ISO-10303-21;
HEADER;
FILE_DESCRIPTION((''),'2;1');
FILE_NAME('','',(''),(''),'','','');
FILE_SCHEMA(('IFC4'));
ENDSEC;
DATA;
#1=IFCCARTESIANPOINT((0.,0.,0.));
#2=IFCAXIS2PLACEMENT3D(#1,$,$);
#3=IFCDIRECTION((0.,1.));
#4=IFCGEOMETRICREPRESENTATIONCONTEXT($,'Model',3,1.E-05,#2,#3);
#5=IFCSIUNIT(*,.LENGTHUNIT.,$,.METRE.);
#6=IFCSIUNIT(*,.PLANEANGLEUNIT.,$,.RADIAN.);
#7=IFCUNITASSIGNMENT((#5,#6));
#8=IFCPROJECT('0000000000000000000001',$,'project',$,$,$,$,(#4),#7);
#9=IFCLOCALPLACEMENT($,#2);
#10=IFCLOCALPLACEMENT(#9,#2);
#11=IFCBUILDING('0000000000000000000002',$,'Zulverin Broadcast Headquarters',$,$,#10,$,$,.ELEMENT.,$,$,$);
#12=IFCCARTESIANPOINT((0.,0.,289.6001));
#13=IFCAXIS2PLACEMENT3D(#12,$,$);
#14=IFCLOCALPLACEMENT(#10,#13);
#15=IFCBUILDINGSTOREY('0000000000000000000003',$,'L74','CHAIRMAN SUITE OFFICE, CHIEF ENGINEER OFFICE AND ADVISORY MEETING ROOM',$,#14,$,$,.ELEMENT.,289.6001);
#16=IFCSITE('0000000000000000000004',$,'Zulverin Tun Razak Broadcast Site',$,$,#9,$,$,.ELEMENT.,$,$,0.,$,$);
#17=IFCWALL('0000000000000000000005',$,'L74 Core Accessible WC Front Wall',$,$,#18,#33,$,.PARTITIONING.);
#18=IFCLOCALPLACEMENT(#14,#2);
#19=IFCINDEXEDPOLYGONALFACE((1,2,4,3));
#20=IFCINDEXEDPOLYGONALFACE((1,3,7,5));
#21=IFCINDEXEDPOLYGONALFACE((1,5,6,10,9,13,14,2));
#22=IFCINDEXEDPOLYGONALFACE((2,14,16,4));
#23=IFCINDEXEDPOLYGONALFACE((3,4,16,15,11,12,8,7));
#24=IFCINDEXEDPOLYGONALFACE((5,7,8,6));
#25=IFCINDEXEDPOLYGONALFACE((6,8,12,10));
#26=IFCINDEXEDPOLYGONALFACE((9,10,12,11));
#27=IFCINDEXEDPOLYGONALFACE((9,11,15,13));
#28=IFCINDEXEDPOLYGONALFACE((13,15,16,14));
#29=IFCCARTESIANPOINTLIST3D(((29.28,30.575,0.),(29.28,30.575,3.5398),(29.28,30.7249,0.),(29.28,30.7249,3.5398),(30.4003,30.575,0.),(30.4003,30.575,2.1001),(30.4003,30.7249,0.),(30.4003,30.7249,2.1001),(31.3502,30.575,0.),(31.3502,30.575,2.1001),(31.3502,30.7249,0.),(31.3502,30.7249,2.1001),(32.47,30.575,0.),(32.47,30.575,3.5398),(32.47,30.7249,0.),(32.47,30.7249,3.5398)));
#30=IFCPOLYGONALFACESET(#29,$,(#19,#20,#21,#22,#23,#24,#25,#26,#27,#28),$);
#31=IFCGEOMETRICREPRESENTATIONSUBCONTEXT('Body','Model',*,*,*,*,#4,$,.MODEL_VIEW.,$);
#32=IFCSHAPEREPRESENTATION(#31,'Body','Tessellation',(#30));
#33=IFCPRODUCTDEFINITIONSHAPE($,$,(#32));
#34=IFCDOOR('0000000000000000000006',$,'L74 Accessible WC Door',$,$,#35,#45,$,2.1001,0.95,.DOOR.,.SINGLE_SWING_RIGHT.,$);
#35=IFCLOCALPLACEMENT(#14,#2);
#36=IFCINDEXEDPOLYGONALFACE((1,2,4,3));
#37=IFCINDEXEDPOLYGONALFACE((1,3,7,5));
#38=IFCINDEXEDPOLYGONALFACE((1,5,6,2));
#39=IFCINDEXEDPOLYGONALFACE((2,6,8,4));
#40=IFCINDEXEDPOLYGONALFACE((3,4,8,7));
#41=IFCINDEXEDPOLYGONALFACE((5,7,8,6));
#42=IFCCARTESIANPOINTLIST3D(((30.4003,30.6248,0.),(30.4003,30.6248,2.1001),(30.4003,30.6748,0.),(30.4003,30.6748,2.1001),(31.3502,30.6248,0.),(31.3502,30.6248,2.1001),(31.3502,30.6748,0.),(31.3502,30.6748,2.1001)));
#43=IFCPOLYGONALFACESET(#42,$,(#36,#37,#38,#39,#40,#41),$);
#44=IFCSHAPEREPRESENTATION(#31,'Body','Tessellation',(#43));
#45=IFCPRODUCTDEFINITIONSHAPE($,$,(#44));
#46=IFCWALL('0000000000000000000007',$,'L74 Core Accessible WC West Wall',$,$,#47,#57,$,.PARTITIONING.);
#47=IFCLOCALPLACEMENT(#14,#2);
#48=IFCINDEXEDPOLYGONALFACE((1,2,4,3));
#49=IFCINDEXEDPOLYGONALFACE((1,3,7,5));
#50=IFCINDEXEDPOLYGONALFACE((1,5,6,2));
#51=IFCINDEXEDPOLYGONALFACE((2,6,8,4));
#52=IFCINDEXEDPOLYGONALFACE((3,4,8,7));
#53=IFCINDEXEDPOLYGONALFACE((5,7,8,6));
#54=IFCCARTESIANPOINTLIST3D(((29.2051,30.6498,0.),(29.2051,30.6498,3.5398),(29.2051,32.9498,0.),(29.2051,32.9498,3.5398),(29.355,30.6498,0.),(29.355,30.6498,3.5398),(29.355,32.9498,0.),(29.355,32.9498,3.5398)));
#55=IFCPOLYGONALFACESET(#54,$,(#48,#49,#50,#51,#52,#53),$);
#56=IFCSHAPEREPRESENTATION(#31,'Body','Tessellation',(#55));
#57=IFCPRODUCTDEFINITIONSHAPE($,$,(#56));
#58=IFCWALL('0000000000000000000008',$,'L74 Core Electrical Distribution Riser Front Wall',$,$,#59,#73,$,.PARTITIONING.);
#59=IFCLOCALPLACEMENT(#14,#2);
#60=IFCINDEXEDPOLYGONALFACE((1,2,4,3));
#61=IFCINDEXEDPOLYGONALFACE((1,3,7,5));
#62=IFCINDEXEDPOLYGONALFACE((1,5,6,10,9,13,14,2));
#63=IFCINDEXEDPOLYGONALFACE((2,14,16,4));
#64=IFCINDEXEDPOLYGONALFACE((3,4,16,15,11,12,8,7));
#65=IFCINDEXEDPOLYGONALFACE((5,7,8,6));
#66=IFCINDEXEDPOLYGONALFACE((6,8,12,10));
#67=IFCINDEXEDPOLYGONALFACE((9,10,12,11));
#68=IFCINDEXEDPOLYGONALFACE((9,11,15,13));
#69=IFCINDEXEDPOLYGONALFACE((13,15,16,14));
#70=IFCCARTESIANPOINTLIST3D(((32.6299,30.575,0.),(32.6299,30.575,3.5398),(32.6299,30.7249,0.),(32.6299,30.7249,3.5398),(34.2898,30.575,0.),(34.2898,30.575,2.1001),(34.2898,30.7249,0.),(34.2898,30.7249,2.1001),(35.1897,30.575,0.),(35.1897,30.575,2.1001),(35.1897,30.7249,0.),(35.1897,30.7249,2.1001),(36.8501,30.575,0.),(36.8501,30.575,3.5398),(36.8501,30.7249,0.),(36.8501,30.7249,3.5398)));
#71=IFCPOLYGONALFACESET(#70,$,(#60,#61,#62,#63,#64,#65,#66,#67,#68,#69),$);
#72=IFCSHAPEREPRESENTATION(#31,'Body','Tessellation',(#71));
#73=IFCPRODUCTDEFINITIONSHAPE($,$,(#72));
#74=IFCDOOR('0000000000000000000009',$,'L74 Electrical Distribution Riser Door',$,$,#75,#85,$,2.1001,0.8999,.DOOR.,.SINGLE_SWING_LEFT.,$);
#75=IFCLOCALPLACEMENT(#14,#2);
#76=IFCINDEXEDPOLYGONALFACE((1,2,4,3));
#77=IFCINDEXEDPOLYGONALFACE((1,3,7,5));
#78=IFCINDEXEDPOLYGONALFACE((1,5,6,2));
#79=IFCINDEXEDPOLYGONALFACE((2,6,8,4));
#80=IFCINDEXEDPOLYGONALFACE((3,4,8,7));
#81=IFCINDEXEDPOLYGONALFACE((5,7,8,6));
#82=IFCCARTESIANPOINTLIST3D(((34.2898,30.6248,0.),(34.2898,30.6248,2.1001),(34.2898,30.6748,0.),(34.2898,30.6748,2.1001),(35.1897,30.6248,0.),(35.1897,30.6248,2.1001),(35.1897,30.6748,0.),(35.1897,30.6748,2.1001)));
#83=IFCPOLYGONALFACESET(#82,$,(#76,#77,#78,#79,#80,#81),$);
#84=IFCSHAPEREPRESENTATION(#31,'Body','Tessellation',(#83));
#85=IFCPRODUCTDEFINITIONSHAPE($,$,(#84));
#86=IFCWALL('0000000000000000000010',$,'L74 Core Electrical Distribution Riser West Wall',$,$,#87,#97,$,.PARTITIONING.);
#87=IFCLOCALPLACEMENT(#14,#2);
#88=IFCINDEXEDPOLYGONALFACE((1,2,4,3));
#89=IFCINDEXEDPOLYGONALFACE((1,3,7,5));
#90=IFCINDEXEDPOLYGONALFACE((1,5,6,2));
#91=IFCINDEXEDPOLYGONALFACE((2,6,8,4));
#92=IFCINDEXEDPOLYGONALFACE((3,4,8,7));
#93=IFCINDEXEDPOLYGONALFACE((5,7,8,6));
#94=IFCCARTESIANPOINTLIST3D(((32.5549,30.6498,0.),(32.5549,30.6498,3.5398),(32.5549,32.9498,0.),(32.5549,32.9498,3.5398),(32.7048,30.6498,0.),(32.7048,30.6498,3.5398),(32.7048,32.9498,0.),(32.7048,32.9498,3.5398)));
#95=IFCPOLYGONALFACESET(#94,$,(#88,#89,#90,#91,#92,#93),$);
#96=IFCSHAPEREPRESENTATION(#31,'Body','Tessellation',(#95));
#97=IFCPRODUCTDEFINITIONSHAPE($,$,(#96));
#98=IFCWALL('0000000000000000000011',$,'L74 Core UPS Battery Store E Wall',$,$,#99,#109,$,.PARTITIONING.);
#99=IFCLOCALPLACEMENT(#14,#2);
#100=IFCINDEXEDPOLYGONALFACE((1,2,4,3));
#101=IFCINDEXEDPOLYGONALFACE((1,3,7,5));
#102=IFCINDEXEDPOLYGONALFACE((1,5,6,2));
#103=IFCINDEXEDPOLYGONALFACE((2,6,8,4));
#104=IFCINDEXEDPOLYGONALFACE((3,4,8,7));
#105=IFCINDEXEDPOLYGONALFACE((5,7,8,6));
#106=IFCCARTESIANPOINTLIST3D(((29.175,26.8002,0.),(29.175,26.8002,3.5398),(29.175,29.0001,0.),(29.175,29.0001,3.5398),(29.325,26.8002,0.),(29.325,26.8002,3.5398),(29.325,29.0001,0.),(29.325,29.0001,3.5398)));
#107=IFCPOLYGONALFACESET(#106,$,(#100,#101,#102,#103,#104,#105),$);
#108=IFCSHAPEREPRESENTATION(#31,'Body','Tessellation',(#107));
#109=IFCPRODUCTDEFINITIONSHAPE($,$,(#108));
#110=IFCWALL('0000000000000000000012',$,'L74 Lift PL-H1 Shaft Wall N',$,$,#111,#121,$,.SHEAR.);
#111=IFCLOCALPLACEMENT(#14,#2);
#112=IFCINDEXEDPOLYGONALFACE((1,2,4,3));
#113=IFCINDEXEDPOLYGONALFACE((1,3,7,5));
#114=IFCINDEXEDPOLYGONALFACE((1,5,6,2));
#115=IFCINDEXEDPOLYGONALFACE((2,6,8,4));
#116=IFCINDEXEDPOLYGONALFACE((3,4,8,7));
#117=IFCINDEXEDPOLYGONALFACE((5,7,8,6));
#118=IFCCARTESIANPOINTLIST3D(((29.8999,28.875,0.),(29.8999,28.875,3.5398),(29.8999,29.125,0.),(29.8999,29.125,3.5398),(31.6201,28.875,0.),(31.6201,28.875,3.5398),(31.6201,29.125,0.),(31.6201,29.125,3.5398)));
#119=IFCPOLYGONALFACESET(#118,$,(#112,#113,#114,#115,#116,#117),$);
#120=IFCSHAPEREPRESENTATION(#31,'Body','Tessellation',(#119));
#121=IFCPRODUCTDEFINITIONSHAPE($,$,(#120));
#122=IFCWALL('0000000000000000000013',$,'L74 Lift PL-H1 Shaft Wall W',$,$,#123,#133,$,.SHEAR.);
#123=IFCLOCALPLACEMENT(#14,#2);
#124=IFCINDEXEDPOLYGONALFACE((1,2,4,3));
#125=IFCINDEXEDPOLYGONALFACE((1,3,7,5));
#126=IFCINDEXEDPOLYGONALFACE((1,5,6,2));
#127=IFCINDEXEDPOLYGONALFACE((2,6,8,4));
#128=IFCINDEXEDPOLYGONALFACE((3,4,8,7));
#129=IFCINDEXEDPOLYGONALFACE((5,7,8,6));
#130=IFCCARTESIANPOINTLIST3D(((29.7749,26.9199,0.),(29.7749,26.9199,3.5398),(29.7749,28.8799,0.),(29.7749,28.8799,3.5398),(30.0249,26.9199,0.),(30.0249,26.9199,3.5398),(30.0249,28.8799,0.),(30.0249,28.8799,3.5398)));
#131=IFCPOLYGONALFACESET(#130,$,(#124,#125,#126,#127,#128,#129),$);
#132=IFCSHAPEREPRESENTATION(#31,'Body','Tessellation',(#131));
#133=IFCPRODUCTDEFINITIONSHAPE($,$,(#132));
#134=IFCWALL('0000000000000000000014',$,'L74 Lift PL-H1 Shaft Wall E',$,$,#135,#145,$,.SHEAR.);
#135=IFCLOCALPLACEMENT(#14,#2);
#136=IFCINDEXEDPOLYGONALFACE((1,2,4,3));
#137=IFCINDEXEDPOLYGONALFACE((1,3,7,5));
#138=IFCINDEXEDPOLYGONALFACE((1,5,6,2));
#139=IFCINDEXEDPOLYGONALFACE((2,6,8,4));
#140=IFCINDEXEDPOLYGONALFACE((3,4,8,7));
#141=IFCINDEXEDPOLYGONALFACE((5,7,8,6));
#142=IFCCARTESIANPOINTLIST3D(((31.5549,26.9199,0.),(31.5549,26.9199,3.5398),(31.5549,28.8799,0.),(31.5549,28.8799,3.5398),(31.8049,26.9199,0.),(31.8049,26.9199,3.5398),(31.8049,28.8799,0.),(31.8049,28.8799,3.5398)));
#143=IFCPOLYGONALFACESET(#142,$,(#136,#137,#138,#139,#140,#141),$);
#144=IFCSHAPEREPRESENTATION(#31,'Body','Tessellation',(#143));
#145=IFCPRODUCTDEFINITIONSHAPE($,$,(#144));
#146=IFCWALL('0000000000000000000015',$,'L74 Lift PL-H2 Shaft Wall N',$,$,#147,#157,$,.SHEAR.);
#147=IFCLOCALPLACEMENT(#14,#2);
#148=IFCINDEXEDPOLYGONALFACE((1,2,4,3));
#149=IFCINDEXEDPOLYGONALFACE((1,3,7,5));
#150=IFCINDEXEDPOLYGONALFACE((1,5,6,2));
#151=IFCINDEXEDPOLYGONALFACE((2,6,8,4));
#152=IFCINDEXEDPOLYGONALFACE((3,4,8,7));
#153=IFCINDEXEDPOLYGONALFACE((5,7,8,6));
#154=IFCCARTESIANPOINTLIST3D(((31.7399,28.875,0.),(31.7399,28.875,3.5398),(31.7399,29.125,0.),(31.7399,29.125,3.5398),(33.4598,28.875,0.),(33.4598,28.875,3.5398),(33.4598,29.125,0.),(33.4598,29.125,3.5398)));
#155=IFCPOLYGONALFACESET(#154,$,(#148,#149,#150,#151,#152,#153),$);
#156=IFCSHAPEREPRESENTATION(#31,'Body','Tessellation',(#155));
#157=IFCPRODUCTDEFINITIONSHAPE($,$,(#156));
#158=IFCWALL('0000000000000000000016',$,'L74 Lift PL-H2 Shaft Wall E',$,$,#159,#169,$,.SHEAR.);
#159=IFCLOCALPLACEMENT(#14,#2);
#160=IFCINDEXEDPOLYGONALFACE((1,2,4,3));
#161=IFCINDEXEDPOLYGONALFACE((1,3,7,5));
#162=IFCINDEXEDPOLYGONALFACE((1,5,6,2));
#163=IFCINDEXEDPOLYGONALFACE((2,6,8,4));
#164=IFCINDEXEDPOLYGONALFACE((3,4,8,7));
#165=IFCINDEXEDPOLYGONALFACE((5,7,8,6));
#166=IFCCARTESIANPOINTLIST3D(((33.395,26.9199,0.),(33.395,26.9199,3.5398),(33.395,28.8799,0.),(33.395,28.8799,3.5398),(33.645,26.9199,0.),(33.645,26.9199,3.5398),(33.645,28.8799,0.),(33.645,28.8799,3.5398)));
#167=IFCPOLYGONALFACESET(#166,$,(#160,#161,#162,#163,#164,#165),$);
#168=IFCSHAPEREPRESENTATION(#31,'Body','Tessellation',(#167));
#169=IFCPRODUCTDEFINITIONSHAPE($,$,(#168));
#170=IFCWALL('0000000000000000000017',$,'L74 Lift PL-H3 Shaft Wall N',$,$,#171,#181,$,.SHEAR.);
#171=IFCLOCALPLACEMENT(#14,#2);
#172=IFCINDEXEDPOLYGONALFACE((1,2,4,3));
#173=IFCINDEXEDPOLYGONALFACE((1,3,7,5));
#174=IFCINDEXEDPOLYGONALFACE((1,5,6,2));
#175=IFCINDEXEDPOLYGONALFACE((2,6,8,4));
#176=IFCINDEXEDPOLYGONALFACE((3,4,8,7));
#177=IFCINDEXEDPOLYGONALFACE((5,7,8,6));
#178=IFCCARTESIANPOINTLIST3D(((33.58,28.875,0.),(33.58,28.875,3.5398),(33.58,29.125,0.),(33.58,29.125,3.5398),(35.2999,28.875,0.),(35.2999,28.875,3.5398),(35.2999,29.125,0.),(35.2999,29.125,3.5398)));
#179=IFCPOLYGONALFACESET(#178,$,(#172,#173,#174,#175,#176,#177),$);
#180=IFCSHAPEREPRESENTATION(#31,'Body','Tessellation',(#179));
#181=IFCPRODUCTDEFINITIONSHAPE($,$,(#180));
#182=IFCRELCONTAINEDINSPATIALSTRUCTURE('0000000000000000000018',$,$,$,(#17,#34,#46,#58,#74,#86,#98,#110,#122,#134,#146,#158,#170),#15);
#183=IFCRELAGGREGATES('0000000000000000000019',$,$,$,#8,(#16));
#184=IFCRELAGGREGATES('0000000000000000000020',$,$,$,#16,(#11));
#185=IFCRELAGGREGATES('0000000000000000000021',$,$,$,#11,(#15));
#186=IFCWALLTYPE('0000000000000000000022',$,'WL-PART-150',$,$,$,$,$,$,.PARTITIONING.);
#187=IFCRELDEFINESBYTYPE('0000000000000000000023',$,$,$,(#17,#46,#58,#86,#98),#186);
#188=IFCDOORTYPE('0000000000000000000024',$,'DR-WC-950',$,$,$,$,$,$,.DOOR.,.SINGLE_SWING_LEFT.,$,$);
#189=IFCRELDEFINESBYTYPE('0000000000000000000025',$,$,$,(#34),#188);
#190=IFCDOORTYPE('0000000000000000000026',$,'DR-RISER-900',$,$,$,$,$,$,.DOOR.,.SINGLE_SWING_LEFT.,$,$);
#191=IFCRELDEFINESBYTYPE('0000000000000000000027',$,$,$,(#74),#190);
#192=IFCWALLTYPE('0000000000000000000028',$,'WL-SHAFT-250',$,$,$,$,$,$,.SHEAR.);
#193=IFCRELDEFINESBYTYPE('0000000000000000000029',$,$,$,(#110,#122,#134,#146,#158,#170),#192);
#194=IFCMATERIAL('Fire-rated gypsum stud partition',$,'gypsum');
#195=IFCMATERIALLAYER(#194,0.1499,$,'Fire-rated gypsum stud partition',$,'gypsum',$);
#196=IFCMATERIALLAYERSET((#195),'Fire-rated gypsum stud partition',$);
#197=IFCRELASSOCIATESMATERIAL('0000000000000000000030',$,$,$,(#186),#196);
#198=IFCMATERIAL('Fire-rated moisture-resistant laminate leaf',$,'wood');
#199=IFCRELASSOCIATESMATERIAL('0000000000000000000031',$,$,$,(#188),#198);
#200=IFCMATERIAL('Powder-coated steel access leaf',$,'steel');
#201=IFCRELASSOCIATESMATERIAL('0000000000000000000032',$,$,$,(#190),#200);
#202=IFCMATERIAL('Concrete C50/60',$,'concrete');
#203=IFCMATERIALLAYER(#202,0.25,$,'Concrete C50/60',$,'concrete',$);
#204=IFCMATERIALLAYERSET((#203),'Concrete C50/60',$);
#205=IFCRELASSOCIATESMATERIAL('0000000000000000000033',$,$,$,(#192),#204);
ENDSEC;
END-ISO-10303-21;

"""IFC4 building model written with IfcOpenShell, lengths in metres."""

from ifc_helpers import new_model, si_unit, direction, frame, frame_2d, origin, place, context, subcontext, project, spatial, rectangle, extrude, material, layer, layer_set, type_object, element, fill, save


model = new_model("IFC4")

# Units and contexts
model_context = context("Model", 3, precision=1e-05, world=origin(), true_north=direction((0.0, 1.0)))
body_context = subcontext(model_context, "Body", "Model", "MODEL_VIEW")
ifc_project = project(units=[si_unit("LENGTHUNIT", "METRE"), si_unit("PLANEANGLEUNIT", "RADIAN")], contexts=[model_context])

# Site, building, storey
site_placement = place(None, origin())
site = spatial("IfcSite", under=ifc_project, at=site_placement, Name="Zulverin Tun Razak Broadcast Site", CompositionType="ELEMENT", RefElevation=0.0)
building_placement = place(site_placement, origin())
building = spatial("IfcBuilding", under=site, at=building_placement, Name="Zulverin Broadcast Headquarters", CompositionType="ELEMENT")
storey_placement = place(building_placement, frame((0.0, 0.0, 289.6001)))
storey = spatial("IfcBuildingStorey", under=building, at=storey_placement, Name="L74", Description="CHAIRMAN SUITE OFFICE, CHIEF ENGINEER OFFICE AND ADVISORY MEETING ROOM", CompositionType="ELEMENT", Elevation=289.6001)

# Wall, opening, door
ifc_material_1 = material(Name="Fire-rated gypsum stud partition", Category="gypsum")
ifc_layer_1 = layer(ifc_material_1, 0.1499, Name="Fire-rated gypsum stud partition", Category="gypsum")
ifc_layer_set_1 = layer_set([ifc_layer_1], Name="Fire-rated gypsum stud partition")
wall_type_1 = type_object("IfcWallType", Name="WL-PART-150", PredefinedType="PARTITIONING", material=ifc_layer_set_1)
wall_1_placement = place(storey_placement, frame((29.28, 30.6499, 0.0), z_axis=(0.0, 0.0, 1.0), x_axis=(1.0, 0.0, 0.0)))
wall_1 = element("IfcWall", 1, at=wall_1_placement, inside=storey, type_object=wall_type_1, Name="L74 Core Accessible WC Front Wall", PredefinedType="PARTITIONING", context=body_context, shape_type="SweptSolid", body=[
    extrude(rectangle(XDim=3.1899, YDim=0.1499, at=frame_2d((1.595, 0.0))), origin(), (0.0, 0.0, 1.0), 3.5398),
])
opening_1_placement = place(wall_1_placement, frame((1.1201, 0.0, 0.0)))
opening_1 = element("IfcOpeningElement", 2, at=opening_1_placement, cuts=wall_1, PredefinedType="OPENING", context=body_context, shape_type="SweptSolid", body=[
    extrude(rectangle(XDim=0.95, YDim=2.1001, at=frame_2d((0.4751, 1.05))), frame((0.0, 0.085, 0.0), z_axis=(0.0, -1.0, 0.0), x_axis=(1.0, 0.0, 0.0)), (0.0, 0.0, 1.0), 0.1699),
])
ifc_material_2 = material(Name="Fire-rated moisture-resistant laminate leaf", Category="wood")
door_type_1 = type_object("IfcDoorType", Name="DR-WC-950", OperationType="SINGLE_SWING_LEFT", PredefinedType="DOOR", material=ifc_material_2)
door_1_placement = place(opening_1_placement, origin())
door_1 = element("IfcDoor", 3, at=door_1_placement, inside=storey, type_object=door_type_1, Name="L74 Accessible WC Door", OperationType="SINGLE_SWING_RIGHT", OverallHeight=2.1001, OverallWidth=0.95, PredefinedType="DOOR", context=body_context, shape_type="SweptSolid", body=[
    extrude(rectangle(XDim=0.95, YDim=2.1001, at=frame_2d((0.4751, 1.05))), frame((0.0, 0.0249, 0.0), z_axis=(0.0, -1.0, 0.0), x_axis=(1.0, 0.0, 0.0)), (0.0, 0.0, 1.0), 0.05),
])
fill(opening_1, door_1)

# Wall
wall_2_placement = place(storey_placement, frame((29.28, 30.6499, 0.0), z_axis=(0.0, 0.0, 1.0), x_axis=(0.0, 1.0, 0.0)))
element("IfcWall", 4, at=wall_2_placement, inside=storey, type_object=wall_type_1, Name="L74 Core Accessible WC West Wall", PredefinedType="PARTITIONING", context=body_context, shape_type="SweptSolid", body=[
    extrude(rectangle(XDim=2.3, YDim=0.1499, at=frame_2d((1.1499, 0.0))), origin(), (0.0, 0.0, 1.0), 3.5398),
])

# Wall, opening, door
wall_3_placement = place(storey_placement, frame((32.6299, 30.6499, 0.0), z_axis=(0.0, 0.0, 1.0), x_axis=(1.0, 0.0, 0.0)))
wall_3 = element("IfcWall", 5, at=wall_3_placement, inside=storey, type_object=wall_type_1, Name="L74 Core Electrical Distribution Riser Front Wall", PredefinedType="PARTITIONING", context=body_context, shape_type="SweptSolid", body=[
    extrude(rectangle(XDim=4.2202, YDim=0.1499, at=frame_2d((2.1101, 0.0))), origin(), (0.0, 0.0, 1.0), 3.5398),
])
opening_2_placement = place(wall_3_placement, frame((1.6599, 0.0, 0.0)))
opening_2 = element("IfcOpeningElement", 6, at=opening_2_placement, cuts=wall_3, PredefinedType="OPENING", context=body_context, shape_type="SweptSolid", body=[
    extrude(rectangle(XDim=0.8999, YDim=2.1001, at=frame_2d((0.45, 1.05))), frame((0.0, 0.085, 0.0), z_axis=(0.0, -1.0, 0.0), x_axis=(1.0, 0.0, 0.0)), (0.0, 0.0, 1.0), 0.1699),
])
ifc_material_3 = material(Name="Powder-coated steel access leaf", Category="steel")
door_type_2 = type_object("IfcDoorType", Name="DR-RISER-900", OperationType="SINGLE_SWING_LEFT", PredefinedType="DOOR", material=ifc_material_3)
door_2_placement = place(opening_2_placement, origin())
door_2 = element("IfcDoor", 7, at=door_2_placement, inside=storey, type_object=door_type_2, Name="L74 Electrical Distribution Riser Door", OperationType="SINGLE_SWING_LEFT", OverallHeight=2.1001, OverallWidth=0.8999, PredefinedType="DOOR", context=body_context, shape_type="SweptSolid", body=[
    extrude(rectangle(XDim=0.8999, YDim=2.1001, at=frame_2d((0.45, 1.05))), frame((0.0, 0.0249, 0.0), z_axis=(0.0, -1.0, 0.0), x_axis=(1.0, 0.0, 0.0)), (0.0, 0.0, 1.0), 0.05),
])
fill(opening_2, door_2)

# Walls
wall_4_placement = place(storey_placement, frame((32.6299, 30.6499, 0.0), z_axis=(0.0, 0.0, 1.0), x_axis=(0.0, 1.0, 0.0)))
element("IfcWall", 8, at=wall_4_placement, inside=storey, type_object=wall_type_1, Name="L74 Core Electrical Distribution Riser West Wall", PredefinedType="PARTITIONING", context=body_context, shape_type="SweptSolid", body=[
    extrude(rectangle(XDim=2.3, YDim=0.1499, at=frame_2d((1.1499, 0.0))), origin(), (0.0, 0.0, 1.0), 3.5398),
])
wall_5_placement = place(storey_placement, frame((29.25, 26.8, 0.0), z_axis=(0.0, 0.0, 1.0), x_axis=(0.0, 1.0, 0.0)))
element("IfcWall", 9, at=wall_5_placement, inside=storey, type_object=wall_type_1, Name="L74 Core UPS Battery Store E Wall", PredefinedType="PARTITIONING", context=body_context, shape_type="SweptSolid", body=[
    extrude(rectangle(XDim=2.2, YDim=0.1499, at=frame_2d((1.1001, 0.0))), origin(), (0.0, 0.0, 1.0), 3.5398),
])

# Shared definitions
ifc_material_4 = material(Name="Concrete C50/60", Category="concrete")
ifc_layer_2 = layer(ifc_material_4, 0.25, Name="Concrete C50/60", Category="concrete")
ifc_layer_set_2 = layer_set([ifc_layer_2], Name="Concrete C50/60")
wall_type_2 = type_object("IfcWallType", Name="WL-SHAFT-250", PredefinedType="SHEAR", material=ifc_layer_set_2)

# Walls
wall_6_placement = place(storey_placement, frame((29.8999, 29.0, 0.0), z_axis=(0.0, 0.0, 1.0), x_axis=(1.0, 0.0, 0.0)))
element("IfcWall", 10, at=wall_6_placement, inside=storey, type_object=wall_type_2, Name="L74 Lift PL-H1 Shaft Wall N", PredefinedType="SHEAR", context=body_context, shape_type="SweptSolid", body=[
    extrude(rectangle(XDim=1.7202, YDim=0.25, at=frame_2d((0.8601, 0.0))), origin(), (0.0, 0.0, 1.0), 3.5398),
])
for number, where, z_axis, x_axis, name in (
    (11, (29.8999, 26.9199, 0.0), (0.0, 0.0, 1.0), (0.0, 1.0, 0.0), "L74 Lift PL-H1 Shaft Wall W"),
    (12, (31.6799, 26.9199, 0.0), (0.0, 0.0, 1.0), (0.0, 1.0, 0.0), "L74 Lift PL-H1 Shaft Wall E"),
):
    element("IfcWall", number, at=place(storey_placement, frame(where, z_axis=z_axis, x_axis=x_axis)), inside=storey, type_object=wall_type_2, Name=name, PredefinedType="SHEAR", context=body_context, shape_type="SweptSolid", body=[
        extrude(rectangle(XDim=1.96, YDim=0.25, at=frame_2d((0.98, 0.0))), origin(), (0.0, 0.0, 1.0), 3.5398),
    ])

# Walls
wall_7_placement = place(storey_placement, frame((31.74, 29.0, 0.0), z_axis=(0.0, 0.0, 1.0), x_axis=(1.0, 0.0, 0.0)))
element("IfcWall", 13, at=wall_7_placement, inside=storey, type_object=wall_type_2, Name="L74 Lift PL-H2 Shaft Wall N", PredefinedType="SHEAR", context=body_context, shape_type="SweptSolid", body=[
    extrude(rectangle(XDim=1.72, YDim=0.25, at=frame_2d((0.8599, 0.0))), origin(), (0.0, 0.0, 1.0), 3.5398),
])
wall_8_placement = place(storey_placement, frame((33.52, 26.9199, 0.0), z_axis=(0.0, 0.0, 1.0), x_axis=(0.0, 1.0, 0.0)))
element("IfcWall", 14, at=wall_8_placement, inside=storey, type_object=wall_type_2, Name="L74 Lift PL-H2 Shaft Wall E", PredefinedType="SHEAR", context=body_context, shape_type="SweptSolid", body=[
    extrude(rectangle(XDim=1.96, YDim=0.25, at=frame_2d((0.98, 0.0))), origin(), (0.0, 0.0, 1.0), 3.5398),
])

# Wall
wall_9_placement = place(storey_placement, frame((33.5801, 29.0, 0.0), z_axis=(0.0, 0.0, 1.0), x_axis=(1.0, 0.0, 0.0)))
element("IfcWall", 15, at=wall_9_placement, inside=storey, type_object=wall_type_2, Name="L74 Lift PL-H3 Shaft Wall N", PredefinedType="SHEAR", context=body_context, shape_type="SweptSolid", body=[
    extrude(rectangle(XDim=1.72, YDim=0.25, at=frame_2d((0.8599, 0.0))), origin(), (0.0, 0.0, 1.0), 3.5398),
])

save(model, "model.ifc")
